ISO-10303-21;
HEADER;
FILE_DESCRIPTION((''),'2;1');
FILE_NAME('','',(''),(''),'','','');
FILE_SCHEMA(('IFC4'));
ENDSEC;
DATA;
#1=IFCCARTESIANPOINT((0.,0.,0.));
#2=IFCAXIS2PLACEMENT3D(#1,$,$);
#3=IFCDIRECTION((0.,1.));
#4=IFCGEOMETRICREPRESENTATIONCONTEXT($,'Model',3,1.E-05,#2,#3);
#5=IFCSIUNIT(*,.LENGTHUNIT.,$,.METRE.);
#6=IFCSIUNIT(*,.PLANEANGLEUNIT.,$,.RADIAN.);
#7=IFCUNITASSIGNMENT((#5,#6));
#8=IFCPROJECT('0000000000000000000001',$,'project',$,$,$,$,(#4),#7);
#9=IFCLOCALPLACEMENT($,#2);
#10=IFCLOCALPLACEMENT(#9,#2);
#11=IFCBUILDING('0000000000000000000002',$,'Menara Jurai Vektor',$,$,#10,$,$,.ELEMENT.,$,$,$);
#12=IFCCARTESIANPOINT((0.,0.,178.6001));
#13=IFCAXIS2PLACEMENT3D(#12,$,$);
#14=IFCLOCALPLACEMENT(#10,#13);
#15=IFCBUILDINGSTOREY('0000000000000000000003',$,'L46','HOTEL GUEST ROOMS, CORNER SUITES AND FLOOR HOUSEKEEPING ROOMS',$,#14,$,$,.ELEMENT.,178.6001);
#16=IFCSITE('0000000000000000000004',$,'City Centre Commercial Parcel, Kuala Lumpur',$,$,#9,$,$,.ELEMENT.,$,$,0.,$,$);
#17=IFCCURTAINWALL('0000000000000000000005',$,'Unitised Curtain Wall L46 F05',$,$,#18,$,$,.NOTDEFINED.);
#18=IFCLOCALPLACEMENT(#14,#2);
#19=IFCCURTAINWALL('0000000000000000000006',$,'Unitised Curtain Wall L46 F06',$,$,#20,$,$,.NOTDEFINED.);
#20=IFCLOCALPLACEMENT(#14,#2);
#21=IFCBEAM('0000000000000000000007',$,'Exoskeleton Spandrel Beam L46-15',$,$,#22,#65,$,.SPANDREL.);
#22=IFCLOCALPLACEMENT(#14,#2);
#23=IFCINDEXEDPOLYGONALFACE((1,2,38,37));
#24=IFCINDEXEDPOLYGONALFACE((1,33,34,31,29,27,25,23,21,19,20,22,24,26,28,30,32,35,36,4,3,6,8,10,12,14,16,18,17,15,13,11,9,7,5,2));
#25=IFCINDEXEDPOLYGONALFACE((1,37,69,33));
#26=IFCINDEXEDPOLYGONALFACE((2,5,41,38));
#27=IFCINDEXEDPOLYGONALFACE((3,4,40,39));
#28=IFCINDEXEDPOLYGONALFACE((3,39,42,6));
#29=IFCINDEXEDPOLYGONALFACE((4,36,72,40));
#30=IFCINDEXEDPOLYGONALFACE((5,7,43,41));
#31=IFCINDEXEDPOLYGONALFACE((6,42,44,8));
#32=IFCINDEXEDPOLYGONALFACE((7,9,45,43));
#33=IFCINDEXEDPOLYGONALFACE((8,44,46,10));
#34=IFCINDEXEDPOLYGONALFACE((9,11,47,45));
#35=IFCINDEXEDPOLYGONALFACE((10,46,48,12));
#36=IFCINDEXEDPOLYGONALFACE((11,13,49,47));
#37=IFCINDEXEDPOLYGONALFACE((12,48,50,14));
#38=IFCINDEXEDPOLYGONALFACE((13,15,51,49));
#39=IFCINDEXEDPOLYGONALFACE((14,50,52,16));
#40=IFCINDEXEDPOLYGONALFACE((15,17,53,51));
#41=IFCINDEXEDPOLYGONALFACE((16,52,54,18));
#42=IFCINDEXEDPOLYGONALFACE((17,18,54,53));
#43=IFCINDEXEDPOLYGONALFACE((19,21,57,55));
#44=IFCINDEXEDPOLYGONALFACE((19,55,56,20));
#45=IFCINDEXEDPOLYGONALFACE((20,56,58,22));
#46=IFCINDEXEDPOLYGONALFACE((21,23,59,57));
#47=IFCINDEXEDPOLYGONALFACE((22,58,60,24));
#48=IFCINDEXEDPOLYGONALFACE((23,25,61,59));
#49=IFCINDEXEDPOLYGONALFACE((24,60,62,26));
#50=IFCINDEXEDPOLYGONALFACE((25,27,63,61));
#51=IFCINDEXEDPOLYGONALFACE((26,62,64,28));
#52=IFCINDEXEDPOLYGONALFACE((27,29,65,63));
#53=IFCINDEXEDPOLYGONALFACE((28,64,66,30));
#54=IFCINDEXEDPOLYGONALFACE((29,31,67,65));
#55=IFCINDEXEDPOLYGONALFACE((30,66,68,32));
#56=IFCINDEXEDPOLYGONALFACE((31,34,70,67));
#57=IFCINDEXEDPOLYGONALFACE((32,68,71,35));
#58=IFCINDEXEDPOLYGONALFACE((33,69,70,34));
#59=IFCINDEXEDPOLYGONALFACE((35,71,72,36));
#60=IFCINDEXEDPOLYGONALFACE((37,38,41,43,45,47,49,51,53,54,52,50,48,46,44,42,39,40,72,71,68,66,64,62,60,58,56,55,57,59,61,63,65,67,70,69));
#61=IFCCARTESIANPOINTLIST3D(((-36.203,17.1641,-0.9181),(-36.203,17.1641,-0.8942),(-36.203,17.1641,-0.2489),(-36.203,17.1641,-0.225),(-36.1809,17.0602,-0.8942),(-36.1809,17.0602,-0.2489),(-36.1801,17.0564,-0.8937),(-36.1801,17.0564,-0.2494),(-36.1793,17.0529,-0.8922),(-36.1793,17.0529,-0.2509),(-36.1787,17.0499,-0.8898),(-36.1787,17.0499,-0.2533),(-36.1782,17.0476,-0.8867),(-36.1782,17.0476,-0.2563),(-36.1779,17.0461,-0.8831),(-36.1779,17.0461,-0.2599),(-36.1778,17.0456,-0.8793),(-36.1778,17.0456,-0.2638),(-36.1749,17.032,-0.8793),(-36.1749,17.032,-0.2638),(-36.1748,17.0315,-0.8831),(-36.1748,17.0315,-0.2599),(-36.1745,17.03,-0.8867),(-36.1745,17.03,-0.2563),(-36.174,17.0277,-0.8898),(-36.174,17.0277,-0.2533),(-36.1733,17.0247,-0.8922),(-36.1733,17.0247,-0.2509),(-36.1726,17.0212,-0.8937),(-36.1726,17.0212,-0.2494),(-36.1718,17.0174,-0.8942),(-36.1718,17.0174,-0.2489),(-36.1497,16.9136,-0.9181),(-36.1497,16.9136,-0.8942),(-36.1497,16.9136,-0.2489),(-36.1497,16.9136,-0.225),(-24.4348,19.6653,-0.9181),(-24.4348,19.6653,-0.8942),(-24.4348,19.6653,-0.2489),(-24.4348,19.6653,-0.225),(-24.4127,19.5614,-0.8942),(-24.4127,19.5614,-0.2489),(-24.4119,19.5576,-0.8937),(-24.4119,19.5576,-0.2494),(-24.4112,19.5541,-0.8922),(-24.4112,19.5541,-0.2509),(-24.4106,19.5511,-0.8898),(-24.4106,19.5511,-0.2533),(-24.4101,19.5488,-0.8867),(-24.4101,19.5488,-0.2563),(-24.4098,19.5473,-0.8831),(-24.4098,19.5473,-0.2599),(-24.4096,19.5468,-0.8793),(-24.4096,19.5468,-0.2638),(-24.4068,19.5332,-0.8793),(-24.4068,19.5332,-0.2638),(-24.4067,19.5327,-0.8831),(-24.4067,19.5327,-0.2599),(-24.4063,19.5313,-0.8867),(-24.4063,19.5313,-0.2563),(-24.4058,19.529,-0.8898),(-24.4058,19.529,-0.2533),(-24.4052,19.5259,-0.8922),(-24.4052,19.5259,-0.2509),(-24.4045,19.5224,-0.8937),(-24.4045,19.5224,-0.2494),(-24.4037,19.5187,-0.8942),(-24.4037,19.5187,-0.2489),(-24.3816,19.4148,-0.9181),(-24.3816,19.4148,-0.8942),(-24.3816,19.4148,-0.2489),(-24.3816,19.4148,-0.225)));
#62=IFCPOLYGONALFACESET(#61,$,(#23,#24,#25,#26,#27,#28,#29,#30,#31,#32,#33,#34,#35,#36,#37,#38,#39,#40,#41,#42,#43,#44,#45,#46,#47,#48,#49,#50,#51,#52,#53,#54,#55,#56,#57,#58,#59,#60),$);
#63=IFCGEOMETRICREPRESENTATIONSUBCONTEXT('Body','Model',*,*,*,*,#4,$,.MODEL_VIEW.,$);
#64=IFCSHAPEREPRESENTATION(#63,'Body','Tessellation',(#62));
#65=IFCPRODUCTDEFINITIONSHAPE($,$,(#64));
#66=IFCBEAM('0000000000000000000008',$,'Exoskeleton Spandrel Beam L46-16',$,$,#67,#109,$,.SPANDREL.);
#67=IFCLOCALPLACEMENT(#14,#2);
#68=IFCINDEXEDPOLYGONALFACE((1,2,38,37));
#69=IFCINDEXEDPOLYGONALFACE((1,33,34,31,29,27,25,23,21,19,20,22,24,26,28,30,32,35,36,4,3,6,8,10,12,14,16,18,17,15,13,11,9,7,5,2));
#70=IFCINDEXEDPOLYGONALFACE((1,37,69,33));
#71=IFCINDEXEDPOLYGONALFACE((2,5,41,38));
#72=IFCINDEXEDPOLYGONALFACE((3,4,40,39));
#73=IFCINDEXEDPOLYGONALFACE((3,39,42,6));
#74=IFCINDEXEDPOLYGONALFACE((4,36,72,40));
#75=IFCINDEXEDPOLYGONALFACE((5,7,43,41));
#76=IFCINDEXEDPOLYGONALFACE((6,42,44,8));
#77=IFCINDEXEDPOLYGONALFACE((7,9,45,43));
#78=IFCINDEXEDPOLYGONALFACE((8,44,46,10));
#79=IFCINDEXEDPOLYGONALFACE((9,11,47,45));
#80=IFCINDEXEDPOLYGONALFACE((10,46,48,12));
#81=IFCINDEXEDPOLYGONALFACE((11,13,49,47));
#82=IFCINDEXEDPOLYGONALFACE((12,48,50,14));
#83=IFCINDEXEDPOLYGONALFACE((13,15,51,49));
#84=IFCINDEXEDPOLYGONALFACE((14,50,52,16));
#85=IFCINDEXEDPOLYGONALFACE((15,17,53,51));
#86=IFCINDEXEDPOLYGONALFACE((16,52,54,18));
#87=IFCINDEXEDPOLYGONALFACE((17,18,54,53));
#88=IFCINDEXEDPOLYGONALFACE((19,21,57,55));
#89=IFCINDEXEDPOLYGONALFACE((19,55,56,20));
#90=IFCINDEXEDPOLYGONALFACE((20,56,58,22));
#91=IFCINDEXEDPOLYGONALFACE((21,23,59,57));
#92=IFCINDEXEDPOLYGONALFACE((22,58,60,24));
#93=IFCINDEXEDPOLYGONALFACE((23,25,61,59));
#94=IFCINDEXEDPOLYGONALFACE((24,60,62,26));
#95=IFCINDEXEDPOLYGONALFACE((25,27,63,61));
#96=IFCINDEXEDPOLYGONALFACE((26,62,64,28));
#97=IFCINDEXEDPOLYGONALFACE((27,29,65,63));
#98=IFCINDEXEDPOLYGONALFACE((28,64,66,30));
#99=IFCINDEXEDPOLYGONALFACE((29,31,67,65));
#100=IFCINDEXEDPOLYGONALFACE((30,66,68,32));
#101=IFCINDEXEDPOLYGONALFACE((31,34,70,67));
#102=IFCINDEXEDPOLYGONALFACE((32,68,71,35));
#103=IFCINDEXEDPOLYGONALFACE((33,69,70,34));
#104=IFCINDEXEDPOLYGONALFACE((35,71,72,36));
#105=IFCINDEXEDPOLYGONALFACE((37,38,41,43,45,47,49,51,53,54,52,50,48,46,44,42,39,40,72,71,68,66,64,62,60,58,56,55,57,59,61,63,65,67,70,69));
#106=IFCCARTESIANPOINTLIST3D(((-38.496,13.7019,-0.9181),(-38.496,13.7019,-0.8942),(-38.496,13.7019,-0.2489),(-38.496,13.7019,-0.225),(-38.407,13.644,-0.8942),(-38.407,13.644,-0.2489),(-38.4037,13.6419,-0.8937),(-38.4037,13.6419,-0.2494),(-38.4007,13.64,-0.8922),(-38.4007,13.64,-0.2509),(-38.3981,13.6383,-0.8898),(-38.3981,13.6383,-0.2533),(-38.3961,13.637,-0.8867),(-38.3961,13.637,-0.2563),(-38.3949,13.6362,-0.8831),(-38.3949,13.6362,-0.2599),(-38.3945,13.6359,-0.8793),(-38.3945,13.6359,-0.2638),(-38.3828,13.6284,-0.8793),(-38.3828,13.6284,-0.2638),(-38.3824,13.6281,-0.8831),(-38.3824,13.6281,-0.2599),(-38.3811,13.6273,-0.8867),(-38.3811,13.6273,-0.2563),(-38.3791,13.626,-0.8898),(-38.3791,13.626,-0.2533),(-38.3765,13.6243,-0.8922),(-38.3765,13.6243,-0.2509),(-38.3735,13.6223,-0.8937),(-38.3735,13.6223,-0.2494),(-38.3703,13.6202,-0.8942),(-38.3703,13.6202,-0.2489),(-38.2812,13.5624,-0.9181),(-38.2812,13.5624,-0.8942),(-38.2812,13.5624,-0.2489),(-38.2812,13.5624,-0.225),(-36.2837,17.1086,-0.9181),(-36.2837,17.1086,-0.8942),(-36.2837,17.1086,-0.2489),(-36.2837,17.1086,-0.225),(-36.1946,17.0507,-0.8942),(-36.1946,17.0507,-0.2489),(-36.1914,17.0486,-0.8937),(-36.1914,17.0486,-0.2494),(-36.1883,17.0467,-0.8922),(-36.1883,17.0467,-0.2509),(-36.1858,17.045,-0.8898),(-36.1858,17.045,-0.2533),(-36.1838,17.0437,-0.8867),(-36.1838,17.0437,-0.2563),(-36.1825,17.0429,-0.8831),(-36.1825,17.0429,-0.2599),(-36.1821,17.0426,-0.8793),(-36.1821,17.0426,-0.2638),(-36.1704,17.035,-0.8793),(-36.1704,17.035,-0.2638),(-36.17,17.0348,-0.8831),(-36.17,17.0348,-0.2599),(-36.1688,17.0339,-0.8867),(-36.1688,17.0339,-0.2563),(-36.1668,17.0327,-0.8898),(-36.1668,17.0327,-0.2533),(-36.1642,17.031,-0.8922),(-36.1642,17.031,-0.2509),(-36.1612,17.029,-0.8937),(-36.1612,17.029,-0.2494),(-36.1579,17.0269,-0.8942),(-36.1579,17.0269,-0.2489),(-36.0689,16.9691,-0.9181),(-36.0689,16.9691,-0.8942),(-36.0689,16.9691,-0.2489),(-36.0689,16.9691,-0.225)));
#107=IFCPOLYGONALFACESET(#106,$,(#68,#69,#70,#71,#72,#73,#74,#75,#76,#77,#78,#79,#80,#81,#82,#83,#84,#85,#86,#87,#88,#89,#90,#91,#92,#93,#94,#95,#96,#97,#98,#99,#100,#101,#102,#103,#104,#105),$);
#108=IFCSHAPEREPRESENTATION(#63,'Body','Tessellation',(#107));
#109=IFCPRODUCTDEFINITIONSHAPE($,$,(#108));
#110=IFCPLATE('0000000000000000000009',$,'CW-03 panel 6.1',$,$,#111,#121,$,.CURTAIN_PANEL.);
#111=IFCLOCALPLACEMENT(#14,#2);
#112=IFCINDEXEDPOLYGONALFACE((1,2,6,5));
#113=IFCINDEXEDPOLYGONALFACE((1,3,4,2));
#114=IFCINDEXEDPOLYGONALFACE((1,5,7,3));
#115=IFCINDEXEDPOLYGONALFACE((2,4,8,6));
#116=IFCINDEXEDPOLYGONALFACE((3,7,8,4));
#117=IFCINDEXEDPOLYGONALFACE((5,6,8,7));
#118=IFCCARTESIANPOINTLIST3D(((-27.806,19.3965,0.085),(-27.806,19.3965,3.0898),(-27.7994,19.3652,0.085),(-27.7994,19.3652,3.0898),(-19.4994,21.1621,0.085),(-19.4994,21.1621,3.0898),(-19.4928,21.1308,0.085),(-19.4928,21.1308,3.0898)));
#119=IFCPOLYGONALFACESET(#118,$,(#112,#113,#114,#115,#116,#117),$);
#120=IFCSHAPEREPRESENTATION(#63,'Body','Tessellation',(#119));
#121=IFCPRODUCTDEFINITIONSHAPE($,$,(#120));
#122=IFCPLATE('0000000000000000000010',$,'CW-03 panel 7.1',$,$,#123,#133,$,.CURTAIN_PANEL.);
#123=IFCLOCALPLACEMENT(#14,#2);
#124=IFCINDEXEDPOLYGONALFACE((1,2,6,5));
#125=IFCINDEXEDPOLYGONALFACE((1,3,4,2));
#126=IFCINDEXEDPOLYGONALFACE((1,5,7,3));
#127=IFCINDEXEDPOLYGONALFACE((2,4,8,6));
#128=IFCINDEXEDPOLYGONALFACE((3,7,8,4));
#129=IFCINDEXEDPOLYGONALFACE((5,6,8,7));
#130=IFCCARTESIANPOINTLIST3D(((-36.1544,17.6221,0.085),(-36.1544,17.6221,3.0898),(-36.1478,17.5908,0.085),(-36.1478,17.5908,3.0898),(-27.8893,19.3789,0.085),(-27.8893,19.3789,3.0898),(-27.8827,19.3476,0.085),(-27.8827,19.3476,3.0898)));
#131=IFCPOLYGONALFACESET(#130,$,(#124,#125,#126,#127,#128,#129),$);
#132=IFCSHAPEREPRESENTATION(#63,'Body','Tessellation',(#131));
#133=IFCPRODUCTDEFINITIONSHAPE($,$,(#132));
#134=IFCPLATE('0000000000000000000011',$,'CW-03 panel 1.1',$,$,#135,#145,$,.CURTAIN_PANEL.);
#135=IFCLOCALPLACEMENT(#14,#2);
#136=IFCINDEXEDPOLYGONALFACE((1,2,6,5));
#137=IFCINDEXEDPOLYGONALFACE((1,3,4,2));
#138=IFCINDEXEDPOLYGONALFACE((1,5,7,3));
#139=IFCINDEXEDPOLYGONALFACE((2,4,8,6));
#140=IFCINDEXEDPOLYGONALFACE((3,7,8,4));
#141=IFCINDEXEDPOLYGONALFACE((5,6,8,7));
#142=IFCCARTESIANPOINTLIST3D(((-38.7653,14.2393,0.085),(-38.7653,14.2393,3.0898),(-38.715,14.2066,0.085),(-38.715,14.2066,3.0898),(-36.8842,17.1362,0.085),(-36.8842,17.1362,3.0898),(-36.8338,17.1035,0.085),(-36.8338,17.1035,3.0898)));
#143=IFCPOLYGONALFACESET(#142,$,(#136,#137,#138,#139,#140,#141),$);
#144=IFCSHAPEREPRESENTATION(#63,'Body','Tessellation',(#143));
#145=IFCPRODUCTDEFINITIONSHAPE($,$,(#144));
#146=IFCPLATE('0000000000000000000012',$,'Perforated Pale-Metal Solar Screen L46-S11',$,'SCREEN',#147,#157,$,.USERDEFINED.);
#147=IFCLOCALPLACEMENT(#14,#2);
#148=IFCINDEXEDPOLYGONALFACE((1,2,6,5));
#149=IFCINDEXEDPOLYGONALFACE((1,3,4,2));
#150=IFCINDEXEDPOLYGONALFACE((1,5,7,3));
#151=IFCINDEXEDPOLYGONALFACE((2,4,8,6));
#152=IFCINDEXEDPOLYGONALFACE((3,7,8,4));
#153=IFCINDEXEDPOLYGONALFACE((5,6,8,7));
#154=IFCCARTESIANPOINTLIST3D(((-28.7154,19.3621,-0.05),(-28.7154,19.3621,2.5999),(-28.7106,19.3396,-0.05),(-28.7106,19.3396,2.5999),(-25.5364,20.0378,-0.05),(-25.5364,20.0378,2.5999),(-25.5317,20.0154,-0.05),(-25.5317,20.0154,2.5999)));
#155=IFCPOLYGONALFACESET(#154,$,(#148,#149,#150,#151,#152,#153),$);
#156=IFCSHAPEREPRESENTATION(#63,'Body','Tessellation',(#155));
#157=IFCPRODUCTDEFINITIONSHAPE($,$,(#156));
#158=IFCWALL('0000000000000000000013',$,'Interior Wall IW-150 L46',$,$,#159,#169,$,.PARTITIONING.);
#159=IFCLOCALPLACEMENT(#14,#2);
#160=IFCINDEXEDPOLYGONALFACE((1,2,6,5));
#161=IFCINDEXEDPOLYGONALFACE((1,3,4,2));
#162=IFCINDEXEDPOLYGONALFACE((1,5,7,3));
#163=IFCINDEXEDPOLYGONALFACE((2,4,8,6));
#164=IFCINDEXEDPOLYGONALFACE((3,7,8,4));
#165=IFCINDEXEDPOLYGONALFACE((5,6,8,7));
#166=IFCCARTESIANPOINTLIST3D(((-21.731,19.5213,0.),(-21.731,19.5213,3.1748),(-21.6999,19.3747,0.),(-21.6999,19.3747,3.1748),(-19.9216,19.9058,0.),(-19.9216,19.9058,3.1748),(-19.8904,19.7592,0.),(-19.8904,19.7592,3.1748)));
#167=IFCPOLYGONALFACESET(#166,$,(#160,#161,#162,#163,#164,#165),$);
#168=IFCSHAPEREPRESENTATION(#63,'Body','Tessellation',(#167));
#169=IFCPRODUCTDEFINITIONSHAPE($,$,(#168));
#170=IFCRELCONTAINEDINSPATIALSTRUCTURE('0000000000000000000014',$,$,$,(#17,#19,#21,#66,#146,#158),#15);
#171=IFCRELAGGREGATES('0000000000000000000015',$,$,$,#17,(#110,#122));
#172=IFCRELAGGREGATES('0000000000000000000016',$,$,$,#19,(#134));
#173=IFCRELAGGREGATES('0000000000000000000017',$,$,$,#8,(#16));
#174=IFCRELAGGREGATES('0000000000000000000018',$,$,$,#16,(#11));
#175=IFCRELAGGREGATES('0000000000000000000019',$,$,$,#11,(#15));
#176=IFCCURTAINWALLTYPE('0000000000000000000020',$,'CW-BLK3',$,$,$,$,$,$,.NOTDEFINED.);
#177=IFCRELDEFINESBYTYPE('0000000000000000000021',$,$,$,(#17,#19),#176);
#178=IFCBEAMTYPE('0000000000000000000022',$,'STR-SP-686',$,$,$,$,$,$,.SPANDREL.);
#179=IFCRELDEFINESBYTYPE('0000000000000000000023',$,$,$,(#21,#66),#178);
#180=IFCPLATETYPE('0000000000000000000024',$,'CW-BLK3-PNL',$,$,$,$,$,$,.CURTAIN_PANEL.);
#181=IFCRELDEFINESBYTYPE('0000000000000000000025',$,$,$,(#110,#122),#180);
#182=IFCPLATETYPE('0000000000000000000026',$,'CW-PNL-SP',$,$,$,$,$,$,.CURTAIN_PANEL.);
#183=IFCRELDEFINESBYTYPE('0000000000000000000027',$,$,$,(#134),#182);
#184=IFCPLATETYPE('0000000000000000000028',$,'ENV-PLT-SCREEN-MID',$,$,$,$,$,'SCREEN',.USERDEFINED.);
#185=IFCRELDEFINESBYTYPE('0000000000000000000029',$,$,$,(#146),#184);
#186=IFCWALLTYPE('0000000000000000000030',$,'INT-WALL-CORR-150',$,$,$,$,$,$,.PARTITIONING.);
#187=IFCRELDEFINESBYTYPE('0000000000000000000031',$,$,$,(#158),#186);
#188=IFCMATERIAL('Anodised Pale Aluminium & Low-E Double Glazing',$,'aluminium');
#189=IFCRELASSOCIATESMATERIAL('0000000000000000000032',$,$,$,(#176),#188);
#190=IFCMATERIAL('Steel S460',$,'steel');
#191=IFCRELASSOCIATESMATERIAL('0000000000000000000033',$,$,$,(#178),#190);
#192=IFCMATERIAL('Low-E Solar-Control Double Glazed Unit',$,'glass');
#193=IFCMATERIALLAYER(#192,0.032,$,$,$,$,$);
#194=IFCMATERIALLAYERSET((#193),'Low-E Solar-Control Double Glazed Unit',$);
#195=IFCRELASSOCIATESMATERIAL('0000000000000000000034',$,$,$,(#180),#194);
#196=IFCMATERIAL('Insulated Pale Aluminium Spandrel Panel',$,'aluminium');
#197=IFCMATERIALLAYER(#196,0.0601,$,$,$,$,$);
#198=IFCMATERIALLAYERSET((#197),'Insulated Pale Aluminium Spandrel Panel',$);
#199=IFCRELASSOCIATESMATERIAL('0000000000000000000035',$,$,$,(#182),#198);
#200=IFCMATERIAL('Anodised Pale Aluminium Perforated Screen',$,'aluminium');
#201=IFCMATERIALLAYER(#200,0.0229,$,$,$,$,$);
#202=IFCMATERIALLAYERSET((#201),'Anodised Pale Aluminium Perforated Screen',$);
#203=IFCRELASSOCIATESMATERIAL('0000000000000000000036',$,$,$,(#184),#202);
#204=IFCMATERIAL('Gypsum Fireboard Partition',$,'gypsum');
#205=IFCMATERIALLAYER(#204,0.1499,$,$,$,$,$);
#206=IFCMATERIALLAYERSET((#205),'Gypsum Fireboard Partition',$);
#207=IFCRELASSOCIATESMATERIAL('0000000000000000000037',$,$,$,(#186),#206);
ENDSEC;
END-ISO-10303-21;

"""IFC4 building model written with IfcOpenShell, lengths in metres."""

from ifc_helpers import new_model, si_unit, direction, frame, frame_2d, origin, origin_2d, place, context, subcontext, project, spatial, rectangle, i_section, extrude, material, layer, layer_set, material_profile, profile_set, type_object, element, aggregate, save


model = new_model("IFC4")

# Units and contexts
model_context = context("Model", 3, precision=1e-05, world=origin(), true_north=direction((0.0, 1.0)))
body_context = subcontext(model_context, "Body", "Model", "MODEL_VIEW")
ifc_project = project(units=[si_unit("LENGTHUNIT", "METRE"), si_unit("PLANEANGLEUNIT", "RADIAN")], contexts=[model_context])

# Site, building, storey
site_placement = place(None, origin())
site = spatial("IfcSite", under=ifc_project, at=site_placement, Name="City Centre Commercial Parcel, Kuala Lumpur", CompositionType="ELEMENT", RefElevation=0.0)
building_placement = place(site_placement, origin())
building = spatial("IfcBuilding", under=site, at=building_placement, Name="Menara Jurai Vektor", CompositionType="ELEMENT")
storey_placement = place(building_placement, frame((0.0, 0.0, 178.6001)))
storey = spatial("IfcBuildingStorey", under=building, at=storey_placement, Name="L46", Description="HOTEL GUEST ROOMS, CORNER SUITES AND FLOOR HOUSEKEEPING ROOMS", CompositionType="ELEMENT", Elevation=178.6001)

# Shared definitions
ifc_material_1 = material(Name="Steel S460", Category="steel")

# Curtain walls
ifc_material_2 = material(Name="Anodised Pale Aluminium & Low-E Double Glazing", Category="aluminium")
curtain_wall_type = type_object("IfcCurtainWallType", Name="CW-BLK3", PredefinedType="NOTDEFINED", material=ifc_material_2)
curtain_wall_1_placement = place(storey_placement, origin())
curtain_wall_1 = element("IfcCurtainWall", 1, at=curtain_wall_1_placement, inside=storey, type_object=curtain_wall_type, Name="Unitised Curtain Wall L46 F05", PredefinedType="NOTDEFINED")
curtain_wall_2_placement = place(storey_placement, origin())
curtain_wall_2 = element("IfcCurtainWall", 2, at=curtain_wall_2_placement, inside=storey, type_object=curtain_wall_type, Name="Unitised Curtain Wall L46 F06", PredefinedType="NOTDEFINED")

# Beams
ifc_material_profile_1 = material_profile(ifc_material_1, i_section(OverallWidth=0.2561, OverallDepth=0.6931, WebThickness=0.0139, FlangeThickness=0.0239, FilletRadius=0.0149, at=origin_2d()), Name="UKB 686x254x170")
ifc_profile_set_1 = profile_set([ifc_material_profile_1], Name="Steel S460")
beam_type_1 = type_object("IfcBeamType", Name="STR-SP-686", PredefinedType="SPANDREL", material=ifc_profile_set_1)
beam_1_placement = place(storey_placement, frame((-24.4082, 19.54, -0.5715), z_axis=(-0.97815, -0.207899, 0.0), x_axis=(0.207899, -0.97815, 0.0)))
element("IfcBeam", 3, at=beam_1_placement, inside=storey, type_object=beam_type_1, Name="Exoskeleton Spandrel Beam L46-15", PredefinedType="SPANDREL", context=body_context, shape_type="SweptSolid", body=[
    extrude(i_section(OverallWidth=0.2561, OverallDepth=0.6931, WebThickness=0.0139, FlangeThickness=0.0239, FilletRadius=0.0149, at=origin_2d()), origin(), (0.0, 0.0, 1.0), 12.031),
])
beam_2_placement = place(storey_placement, frame((-36.1763, 17.0388, -0.5715), z_axis=(-0.544646, -0.838666, 0.0), x_axis=(0.838666, -0.544646, 0.0)))
element("IfcBeam", 4, at=beam_2_placement, inside=storey, type_object=beam_type_1, Name="Exoskeleton Spandrel Beam L46-16", PredefinedType="SPANDREL", context=body_context, shape_type="SweptSolid", body=[
    extrude(i_section(OverallWidth=0.2561, OverallDepth=0.6931, WebThickness=0.0139, FlangeThickness=0.0239, FilletRadius=0.0149, at=origin_2d()), origin(), (0.0, 0.0, 1.0), 4.062),
])

# Plates
ifc_material_3 = material(Name="Low-E Solar-Control Double Glazed Unit", Category="glass")
ifc_layer_1 = layer(ifc_material_3, 0.032)
ifc_layer_set_1 = layer_set([ifc_layer_1], Name="Low-E Solar-Control Double Glazed Unit")
plate_type_1 = type_object("IfcPlateType", Name="CW-BLK3-PNL", PredefinedType="CURTAIN_PANEL", material=ifc_layer_set_1)
plate_1_placement = place(storey_placement, frame((-23.6494, 20.2637, 0.085), z_axis=(0.0, 0.0, 1.0), x_axis=(-0.978148, -0.207911, 0.0)))
plate_1 = element("IfcPlate", 5, at=plate_1_placement, type_object=plate_type_1, Name="CW-03 panel 6.1", PredefinedType="CURTAIN_PANEL", context=body_context, shape_type="SweptSolid", body=[
    extrude(rectangle(XDim=8.4922, YDim=0.032, at=origin_2d()), origin(), (0.0, 0.0, 1.0), 3.0049),
])
plate_2_placement = place(storey_placement, frame((-32.0186, 18.4849, 0.085), z_axis=(0.0, 0.0, 1.0), x_axis=(-0.978148, -0.207911, 0.0)))
plate_2 = element("IfcPlate", 6, at=plate_2_placement, type_object=plate_type_1, Name="CW-03 panel 7.1", PredefinedType="CURTAIN_PANEL", context=body_context, shape_type="SweptSolid", body=[
    extrude(rectangle(XDim=8.4497, YDim=0.032, at=origin_2d()), origin(), (0.0, 0.0, 1.0), 3.0049),
])
aggregate(curtain_wall_1, [plate_1, plate_2])
ifc_material_4 = material(Name="Insulated Pale Aluminium Spandrel Panel", Category="aluminium")
ifc_layer_2 = layer(ifc_material_4, 0.0601)
ifc_layer_set_2 = layer_set([ifc_layer_2], Name="Insulated Pale Aluminium Spandrel Panel")
plate_type_2 = type_object("IfcPlateType", Name="CW-PNL-SP", PredefinedType="CURTAIN_PANEL", material=ifc_layer_set_2)
plate_3_placement = place(storey_placement, frame((-37.7996, 15.6714, 0.085), z_axis=(0.0, 0.0, 1.0), x_axis=(-0.544618, -0.838684, 0.0)))
plate_3 = element("IfcPlate", 7, at=plate_3_placement, type_object=plate_type_2, Name="CW-03 panel 1.1", PredefinedType="CURTAIN_PANEL", context=body_context, shape_type="SweptSolid", body=[
    extrude(rectangle(XDim=3.4541, YDim=0.0601, at=origin_2d()), origin(), (0.0, 0.0, 1.0), 3.0049),
])
aggregate(curtain_wall_2, [plate_3])
ifc_material_5 = material(Name="Anodised Pale Aluminium Perforated Screen", Category="aluminium")
ifc_layer_3 = layer(ifc_material_5, 0.0229)
ifc_layer_set_3 = layer_set([ifc_layer_3], Name="Anodised Pale Aluminium Perforated Screen")
plate_type_3 = type_object("IfcPlateType", Name="ENV-PLT-SCREEN-MID", ElementType="SCREEN", PredefinedType="USERDEFINED", material=ifc_layer_set_3)
plate_4_placement = place(storey_placement, frame((-27.1235, 19.6887, -0.05), z_axis=(0.0, 0.0, 1.0), x_axis=(-0.978148, -0.207912, 0.0)))
element("IfcPlate", 8, at=plate_4_placement, inside=storey, type_object=plate_type_3, Name="Perforated Pale-Metal Solar Screen L46-S11", ObjectType="SCREEN", PredefinedType="USERDEFINED", context=body_context, shape_type="SweptSolid", body=[
    extrude(rectangle(XDim=3.25, YDim=0.0229, at=origin_2d()), origin(), (0.0, 0.0, 1.0), 2.6499),
])

# Wall
ifc_material_6 = material(Name="Gypsum Fireboard Partition", Category="gypsum")
ifc_layer_4 = layer(ifc_material_6, 0.1499)
ifc_layer_set_4 = layer_set([ifc_layer_4], Name="Gypsum Fireboard Partition")
wall_type = type_object("IfcWallType", Name="INT-WALL-CORR-150", PredefinedType="PARTITIONING", material=ifc_layer_set_4)
wall_1_placement = place(storey_placement, frame((-21.7153, 19.448, 0.0), z_axis=(0.0, 0.0, 1.0), x_axis=(0.97816, 0.207852, 0.0)))
element("IfcWall", 9, at=wall_1_placement, inside=storey, type_object=wall_type, Name="Interior Wall IW-150 L46", PredefinedType="PARTITIONING", context=body_context, shape_type="SweptSolid", body=[
    extrude(rectangle(XDim=1.8499, YDim=0.1499, at=frame_2d((0.9248, 0.0))), origin(), (0.0, 0.0, 1.0), 3.1748),
])

save(model, "model.ifc")
